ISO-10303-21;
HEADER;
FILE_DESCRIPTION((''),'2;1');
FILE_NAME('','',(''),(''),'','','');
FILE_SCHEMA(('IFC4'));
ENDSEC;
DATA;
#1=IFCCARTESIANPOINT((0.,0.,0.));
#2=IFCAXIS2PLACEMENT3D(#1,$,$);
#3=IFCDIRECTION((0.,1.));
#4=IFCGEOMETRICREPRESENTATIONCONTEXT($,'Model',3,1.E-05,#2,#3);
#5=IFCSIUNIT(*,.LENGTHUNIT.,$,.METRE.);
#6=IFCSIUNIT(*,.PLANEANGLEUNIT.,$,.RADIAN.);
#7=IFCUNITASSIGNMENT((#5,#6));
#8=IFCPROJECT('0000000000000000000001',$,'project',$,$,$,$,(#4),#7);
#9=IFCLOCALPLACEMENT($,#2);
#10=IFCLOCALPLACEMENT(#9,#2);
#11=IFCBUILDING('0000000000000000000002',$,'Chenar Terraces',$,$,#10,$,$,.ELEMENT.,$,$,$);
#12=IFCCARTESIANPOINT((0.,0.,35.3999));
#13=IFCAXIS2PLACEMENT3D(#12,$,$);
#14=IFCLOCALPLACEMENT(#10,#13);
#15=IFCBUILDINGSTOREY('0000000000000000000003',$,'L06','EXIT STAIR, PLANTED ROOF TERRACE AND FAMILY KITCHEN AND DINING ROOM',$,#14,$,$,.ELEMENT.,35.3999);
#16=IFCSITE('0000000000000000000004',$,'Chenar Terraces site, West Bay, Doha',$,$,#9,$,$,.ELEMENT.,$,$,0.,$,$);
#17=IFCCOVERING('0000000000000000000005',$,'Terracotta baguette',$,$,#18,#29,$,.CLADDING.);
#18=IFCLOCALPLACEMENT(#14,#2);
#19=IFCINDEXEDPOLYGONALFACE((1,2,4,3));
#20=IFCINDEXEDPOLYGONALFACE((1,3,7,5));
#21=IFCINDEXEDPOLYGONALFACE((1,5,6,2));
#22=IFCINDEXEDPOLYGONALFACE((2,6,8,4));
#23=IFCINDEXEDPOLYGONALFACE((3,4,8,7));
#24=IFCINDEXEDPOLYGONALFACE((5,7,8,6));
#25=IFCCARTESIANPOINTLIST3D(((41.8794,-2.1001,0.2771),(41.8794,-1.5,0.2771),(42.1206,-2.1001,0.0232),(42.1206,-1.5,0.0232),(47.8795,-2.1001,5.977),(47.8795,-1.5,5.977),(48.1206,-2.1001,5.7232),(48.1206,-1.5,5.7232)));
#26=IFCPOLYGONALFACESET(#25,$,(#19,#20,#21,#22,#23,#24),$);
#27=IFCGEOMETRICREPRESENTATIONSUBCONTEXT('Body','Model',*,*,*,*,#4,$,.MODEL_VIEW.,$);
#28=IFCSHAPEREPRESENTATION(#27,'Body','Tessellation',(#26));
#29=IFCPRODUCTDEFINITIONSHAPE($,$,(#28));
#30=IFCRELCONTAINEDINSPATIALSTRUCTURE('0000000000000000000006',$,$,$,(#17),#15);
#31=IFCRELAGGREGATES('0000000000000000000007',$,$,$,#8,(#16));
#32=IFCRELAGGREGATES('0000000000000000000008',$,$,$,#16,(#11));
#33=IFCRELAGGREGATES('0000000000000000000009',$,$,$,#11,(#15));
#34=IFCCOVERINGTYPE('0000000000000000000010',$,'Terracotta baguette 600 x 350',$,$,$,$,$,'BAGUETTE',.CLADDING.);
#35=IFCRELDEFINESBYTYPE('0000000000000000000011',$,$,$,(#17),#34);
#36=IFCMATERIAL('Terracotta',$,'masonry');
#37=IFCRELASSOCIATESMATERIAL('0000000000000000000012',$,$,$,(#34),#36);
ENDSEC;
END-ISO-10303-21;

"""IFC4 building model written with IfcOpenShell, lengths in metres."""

from ifc_helpers import new_model, si_unit, direction, frame, origin, origin_2d, place, context, subcontext, project, spatial, rectangle, extrude, material, material_profile, profile_set, type_object, element, save


model = new_model("IFC4")

# Units and contexts
model_context = context("Model", 3, precision=1e-05, world=origin(), true_north=direction((0.0, 1.0)))
body_context = subcontext(model_context, "Body", "Model", "MODEL_VIEW")
ifc_project = project(units=[si_unit("LENGTHUNIT", "METRE"), si_unit("PLANEANGLEUNIT", "RADIAN")], contexts=[model_context])

# Site, building, storey
site_placement = place(None, origin())
site = spatial("IfcSite", under=ifc_project, at=site_placement, Name="Chenar Terraces site, West Bay, Doha", CompositionType="ELEMENT", RefElevation=0.0)
building_placement = place(site_placement, origin())
building = spatial("IfcBuilding", under=site, at=building_placement, Name="Chenar Terraces", CompositionType="ELEMENT")
storey_placement = place(building_placement, frame((0.0, 0.0, 35.3999)))
storey = spatial("IfcBuildingStorey", under=building, at=storey_placement, Name="L06", Description="EXIT STAIR, PLANTED ROOF TERRACE AND FAMILY KITCHEN AND DINING ROOM", CompositionType="ELEMENT", Elevation=35.3999)

# Covering
ifc_material_1 = material(Name="Terracotta", Category="masonry")
ifc_material_profile_1 = material_profile(ifc_material_1, rectangle(XDim=0.6001, YDim=0.3501, at=origin_2d()), Name="Terracotta baguette 600 x 350")
ifc_profile_set_1 = profile_set([ifc_material_profile_1], Name="Terracotta")
covering_type = type_object("IfcCoveringType", Name="Terracotta baguette 600 x 350", ElementType="BAGUETTE", PredefinedType="CLADDING", material=ifc_profile_set_1)
covering_placement = place(storey_placement, frame((42.0, -1.8, 0.1501), z_axis=(0.725002, 0.0, 0.688746), x_axis=(0.0, 1.0, 0.0)))
element("IfcCovering", 1, at=covering_placement, inside=storey, type_object=covering_type, Name="Terracotta baguette", PredefinedType="CLADDING", context=body_context, shape_type="SweptSolid", body=[
    extrude(rectangle(XDim=0.6001, YDim=0.3501, at=origin_2d()), origin(), (0.0, 0.0, 1.0), 8.2759),
])

save(model, "model.ifc")
